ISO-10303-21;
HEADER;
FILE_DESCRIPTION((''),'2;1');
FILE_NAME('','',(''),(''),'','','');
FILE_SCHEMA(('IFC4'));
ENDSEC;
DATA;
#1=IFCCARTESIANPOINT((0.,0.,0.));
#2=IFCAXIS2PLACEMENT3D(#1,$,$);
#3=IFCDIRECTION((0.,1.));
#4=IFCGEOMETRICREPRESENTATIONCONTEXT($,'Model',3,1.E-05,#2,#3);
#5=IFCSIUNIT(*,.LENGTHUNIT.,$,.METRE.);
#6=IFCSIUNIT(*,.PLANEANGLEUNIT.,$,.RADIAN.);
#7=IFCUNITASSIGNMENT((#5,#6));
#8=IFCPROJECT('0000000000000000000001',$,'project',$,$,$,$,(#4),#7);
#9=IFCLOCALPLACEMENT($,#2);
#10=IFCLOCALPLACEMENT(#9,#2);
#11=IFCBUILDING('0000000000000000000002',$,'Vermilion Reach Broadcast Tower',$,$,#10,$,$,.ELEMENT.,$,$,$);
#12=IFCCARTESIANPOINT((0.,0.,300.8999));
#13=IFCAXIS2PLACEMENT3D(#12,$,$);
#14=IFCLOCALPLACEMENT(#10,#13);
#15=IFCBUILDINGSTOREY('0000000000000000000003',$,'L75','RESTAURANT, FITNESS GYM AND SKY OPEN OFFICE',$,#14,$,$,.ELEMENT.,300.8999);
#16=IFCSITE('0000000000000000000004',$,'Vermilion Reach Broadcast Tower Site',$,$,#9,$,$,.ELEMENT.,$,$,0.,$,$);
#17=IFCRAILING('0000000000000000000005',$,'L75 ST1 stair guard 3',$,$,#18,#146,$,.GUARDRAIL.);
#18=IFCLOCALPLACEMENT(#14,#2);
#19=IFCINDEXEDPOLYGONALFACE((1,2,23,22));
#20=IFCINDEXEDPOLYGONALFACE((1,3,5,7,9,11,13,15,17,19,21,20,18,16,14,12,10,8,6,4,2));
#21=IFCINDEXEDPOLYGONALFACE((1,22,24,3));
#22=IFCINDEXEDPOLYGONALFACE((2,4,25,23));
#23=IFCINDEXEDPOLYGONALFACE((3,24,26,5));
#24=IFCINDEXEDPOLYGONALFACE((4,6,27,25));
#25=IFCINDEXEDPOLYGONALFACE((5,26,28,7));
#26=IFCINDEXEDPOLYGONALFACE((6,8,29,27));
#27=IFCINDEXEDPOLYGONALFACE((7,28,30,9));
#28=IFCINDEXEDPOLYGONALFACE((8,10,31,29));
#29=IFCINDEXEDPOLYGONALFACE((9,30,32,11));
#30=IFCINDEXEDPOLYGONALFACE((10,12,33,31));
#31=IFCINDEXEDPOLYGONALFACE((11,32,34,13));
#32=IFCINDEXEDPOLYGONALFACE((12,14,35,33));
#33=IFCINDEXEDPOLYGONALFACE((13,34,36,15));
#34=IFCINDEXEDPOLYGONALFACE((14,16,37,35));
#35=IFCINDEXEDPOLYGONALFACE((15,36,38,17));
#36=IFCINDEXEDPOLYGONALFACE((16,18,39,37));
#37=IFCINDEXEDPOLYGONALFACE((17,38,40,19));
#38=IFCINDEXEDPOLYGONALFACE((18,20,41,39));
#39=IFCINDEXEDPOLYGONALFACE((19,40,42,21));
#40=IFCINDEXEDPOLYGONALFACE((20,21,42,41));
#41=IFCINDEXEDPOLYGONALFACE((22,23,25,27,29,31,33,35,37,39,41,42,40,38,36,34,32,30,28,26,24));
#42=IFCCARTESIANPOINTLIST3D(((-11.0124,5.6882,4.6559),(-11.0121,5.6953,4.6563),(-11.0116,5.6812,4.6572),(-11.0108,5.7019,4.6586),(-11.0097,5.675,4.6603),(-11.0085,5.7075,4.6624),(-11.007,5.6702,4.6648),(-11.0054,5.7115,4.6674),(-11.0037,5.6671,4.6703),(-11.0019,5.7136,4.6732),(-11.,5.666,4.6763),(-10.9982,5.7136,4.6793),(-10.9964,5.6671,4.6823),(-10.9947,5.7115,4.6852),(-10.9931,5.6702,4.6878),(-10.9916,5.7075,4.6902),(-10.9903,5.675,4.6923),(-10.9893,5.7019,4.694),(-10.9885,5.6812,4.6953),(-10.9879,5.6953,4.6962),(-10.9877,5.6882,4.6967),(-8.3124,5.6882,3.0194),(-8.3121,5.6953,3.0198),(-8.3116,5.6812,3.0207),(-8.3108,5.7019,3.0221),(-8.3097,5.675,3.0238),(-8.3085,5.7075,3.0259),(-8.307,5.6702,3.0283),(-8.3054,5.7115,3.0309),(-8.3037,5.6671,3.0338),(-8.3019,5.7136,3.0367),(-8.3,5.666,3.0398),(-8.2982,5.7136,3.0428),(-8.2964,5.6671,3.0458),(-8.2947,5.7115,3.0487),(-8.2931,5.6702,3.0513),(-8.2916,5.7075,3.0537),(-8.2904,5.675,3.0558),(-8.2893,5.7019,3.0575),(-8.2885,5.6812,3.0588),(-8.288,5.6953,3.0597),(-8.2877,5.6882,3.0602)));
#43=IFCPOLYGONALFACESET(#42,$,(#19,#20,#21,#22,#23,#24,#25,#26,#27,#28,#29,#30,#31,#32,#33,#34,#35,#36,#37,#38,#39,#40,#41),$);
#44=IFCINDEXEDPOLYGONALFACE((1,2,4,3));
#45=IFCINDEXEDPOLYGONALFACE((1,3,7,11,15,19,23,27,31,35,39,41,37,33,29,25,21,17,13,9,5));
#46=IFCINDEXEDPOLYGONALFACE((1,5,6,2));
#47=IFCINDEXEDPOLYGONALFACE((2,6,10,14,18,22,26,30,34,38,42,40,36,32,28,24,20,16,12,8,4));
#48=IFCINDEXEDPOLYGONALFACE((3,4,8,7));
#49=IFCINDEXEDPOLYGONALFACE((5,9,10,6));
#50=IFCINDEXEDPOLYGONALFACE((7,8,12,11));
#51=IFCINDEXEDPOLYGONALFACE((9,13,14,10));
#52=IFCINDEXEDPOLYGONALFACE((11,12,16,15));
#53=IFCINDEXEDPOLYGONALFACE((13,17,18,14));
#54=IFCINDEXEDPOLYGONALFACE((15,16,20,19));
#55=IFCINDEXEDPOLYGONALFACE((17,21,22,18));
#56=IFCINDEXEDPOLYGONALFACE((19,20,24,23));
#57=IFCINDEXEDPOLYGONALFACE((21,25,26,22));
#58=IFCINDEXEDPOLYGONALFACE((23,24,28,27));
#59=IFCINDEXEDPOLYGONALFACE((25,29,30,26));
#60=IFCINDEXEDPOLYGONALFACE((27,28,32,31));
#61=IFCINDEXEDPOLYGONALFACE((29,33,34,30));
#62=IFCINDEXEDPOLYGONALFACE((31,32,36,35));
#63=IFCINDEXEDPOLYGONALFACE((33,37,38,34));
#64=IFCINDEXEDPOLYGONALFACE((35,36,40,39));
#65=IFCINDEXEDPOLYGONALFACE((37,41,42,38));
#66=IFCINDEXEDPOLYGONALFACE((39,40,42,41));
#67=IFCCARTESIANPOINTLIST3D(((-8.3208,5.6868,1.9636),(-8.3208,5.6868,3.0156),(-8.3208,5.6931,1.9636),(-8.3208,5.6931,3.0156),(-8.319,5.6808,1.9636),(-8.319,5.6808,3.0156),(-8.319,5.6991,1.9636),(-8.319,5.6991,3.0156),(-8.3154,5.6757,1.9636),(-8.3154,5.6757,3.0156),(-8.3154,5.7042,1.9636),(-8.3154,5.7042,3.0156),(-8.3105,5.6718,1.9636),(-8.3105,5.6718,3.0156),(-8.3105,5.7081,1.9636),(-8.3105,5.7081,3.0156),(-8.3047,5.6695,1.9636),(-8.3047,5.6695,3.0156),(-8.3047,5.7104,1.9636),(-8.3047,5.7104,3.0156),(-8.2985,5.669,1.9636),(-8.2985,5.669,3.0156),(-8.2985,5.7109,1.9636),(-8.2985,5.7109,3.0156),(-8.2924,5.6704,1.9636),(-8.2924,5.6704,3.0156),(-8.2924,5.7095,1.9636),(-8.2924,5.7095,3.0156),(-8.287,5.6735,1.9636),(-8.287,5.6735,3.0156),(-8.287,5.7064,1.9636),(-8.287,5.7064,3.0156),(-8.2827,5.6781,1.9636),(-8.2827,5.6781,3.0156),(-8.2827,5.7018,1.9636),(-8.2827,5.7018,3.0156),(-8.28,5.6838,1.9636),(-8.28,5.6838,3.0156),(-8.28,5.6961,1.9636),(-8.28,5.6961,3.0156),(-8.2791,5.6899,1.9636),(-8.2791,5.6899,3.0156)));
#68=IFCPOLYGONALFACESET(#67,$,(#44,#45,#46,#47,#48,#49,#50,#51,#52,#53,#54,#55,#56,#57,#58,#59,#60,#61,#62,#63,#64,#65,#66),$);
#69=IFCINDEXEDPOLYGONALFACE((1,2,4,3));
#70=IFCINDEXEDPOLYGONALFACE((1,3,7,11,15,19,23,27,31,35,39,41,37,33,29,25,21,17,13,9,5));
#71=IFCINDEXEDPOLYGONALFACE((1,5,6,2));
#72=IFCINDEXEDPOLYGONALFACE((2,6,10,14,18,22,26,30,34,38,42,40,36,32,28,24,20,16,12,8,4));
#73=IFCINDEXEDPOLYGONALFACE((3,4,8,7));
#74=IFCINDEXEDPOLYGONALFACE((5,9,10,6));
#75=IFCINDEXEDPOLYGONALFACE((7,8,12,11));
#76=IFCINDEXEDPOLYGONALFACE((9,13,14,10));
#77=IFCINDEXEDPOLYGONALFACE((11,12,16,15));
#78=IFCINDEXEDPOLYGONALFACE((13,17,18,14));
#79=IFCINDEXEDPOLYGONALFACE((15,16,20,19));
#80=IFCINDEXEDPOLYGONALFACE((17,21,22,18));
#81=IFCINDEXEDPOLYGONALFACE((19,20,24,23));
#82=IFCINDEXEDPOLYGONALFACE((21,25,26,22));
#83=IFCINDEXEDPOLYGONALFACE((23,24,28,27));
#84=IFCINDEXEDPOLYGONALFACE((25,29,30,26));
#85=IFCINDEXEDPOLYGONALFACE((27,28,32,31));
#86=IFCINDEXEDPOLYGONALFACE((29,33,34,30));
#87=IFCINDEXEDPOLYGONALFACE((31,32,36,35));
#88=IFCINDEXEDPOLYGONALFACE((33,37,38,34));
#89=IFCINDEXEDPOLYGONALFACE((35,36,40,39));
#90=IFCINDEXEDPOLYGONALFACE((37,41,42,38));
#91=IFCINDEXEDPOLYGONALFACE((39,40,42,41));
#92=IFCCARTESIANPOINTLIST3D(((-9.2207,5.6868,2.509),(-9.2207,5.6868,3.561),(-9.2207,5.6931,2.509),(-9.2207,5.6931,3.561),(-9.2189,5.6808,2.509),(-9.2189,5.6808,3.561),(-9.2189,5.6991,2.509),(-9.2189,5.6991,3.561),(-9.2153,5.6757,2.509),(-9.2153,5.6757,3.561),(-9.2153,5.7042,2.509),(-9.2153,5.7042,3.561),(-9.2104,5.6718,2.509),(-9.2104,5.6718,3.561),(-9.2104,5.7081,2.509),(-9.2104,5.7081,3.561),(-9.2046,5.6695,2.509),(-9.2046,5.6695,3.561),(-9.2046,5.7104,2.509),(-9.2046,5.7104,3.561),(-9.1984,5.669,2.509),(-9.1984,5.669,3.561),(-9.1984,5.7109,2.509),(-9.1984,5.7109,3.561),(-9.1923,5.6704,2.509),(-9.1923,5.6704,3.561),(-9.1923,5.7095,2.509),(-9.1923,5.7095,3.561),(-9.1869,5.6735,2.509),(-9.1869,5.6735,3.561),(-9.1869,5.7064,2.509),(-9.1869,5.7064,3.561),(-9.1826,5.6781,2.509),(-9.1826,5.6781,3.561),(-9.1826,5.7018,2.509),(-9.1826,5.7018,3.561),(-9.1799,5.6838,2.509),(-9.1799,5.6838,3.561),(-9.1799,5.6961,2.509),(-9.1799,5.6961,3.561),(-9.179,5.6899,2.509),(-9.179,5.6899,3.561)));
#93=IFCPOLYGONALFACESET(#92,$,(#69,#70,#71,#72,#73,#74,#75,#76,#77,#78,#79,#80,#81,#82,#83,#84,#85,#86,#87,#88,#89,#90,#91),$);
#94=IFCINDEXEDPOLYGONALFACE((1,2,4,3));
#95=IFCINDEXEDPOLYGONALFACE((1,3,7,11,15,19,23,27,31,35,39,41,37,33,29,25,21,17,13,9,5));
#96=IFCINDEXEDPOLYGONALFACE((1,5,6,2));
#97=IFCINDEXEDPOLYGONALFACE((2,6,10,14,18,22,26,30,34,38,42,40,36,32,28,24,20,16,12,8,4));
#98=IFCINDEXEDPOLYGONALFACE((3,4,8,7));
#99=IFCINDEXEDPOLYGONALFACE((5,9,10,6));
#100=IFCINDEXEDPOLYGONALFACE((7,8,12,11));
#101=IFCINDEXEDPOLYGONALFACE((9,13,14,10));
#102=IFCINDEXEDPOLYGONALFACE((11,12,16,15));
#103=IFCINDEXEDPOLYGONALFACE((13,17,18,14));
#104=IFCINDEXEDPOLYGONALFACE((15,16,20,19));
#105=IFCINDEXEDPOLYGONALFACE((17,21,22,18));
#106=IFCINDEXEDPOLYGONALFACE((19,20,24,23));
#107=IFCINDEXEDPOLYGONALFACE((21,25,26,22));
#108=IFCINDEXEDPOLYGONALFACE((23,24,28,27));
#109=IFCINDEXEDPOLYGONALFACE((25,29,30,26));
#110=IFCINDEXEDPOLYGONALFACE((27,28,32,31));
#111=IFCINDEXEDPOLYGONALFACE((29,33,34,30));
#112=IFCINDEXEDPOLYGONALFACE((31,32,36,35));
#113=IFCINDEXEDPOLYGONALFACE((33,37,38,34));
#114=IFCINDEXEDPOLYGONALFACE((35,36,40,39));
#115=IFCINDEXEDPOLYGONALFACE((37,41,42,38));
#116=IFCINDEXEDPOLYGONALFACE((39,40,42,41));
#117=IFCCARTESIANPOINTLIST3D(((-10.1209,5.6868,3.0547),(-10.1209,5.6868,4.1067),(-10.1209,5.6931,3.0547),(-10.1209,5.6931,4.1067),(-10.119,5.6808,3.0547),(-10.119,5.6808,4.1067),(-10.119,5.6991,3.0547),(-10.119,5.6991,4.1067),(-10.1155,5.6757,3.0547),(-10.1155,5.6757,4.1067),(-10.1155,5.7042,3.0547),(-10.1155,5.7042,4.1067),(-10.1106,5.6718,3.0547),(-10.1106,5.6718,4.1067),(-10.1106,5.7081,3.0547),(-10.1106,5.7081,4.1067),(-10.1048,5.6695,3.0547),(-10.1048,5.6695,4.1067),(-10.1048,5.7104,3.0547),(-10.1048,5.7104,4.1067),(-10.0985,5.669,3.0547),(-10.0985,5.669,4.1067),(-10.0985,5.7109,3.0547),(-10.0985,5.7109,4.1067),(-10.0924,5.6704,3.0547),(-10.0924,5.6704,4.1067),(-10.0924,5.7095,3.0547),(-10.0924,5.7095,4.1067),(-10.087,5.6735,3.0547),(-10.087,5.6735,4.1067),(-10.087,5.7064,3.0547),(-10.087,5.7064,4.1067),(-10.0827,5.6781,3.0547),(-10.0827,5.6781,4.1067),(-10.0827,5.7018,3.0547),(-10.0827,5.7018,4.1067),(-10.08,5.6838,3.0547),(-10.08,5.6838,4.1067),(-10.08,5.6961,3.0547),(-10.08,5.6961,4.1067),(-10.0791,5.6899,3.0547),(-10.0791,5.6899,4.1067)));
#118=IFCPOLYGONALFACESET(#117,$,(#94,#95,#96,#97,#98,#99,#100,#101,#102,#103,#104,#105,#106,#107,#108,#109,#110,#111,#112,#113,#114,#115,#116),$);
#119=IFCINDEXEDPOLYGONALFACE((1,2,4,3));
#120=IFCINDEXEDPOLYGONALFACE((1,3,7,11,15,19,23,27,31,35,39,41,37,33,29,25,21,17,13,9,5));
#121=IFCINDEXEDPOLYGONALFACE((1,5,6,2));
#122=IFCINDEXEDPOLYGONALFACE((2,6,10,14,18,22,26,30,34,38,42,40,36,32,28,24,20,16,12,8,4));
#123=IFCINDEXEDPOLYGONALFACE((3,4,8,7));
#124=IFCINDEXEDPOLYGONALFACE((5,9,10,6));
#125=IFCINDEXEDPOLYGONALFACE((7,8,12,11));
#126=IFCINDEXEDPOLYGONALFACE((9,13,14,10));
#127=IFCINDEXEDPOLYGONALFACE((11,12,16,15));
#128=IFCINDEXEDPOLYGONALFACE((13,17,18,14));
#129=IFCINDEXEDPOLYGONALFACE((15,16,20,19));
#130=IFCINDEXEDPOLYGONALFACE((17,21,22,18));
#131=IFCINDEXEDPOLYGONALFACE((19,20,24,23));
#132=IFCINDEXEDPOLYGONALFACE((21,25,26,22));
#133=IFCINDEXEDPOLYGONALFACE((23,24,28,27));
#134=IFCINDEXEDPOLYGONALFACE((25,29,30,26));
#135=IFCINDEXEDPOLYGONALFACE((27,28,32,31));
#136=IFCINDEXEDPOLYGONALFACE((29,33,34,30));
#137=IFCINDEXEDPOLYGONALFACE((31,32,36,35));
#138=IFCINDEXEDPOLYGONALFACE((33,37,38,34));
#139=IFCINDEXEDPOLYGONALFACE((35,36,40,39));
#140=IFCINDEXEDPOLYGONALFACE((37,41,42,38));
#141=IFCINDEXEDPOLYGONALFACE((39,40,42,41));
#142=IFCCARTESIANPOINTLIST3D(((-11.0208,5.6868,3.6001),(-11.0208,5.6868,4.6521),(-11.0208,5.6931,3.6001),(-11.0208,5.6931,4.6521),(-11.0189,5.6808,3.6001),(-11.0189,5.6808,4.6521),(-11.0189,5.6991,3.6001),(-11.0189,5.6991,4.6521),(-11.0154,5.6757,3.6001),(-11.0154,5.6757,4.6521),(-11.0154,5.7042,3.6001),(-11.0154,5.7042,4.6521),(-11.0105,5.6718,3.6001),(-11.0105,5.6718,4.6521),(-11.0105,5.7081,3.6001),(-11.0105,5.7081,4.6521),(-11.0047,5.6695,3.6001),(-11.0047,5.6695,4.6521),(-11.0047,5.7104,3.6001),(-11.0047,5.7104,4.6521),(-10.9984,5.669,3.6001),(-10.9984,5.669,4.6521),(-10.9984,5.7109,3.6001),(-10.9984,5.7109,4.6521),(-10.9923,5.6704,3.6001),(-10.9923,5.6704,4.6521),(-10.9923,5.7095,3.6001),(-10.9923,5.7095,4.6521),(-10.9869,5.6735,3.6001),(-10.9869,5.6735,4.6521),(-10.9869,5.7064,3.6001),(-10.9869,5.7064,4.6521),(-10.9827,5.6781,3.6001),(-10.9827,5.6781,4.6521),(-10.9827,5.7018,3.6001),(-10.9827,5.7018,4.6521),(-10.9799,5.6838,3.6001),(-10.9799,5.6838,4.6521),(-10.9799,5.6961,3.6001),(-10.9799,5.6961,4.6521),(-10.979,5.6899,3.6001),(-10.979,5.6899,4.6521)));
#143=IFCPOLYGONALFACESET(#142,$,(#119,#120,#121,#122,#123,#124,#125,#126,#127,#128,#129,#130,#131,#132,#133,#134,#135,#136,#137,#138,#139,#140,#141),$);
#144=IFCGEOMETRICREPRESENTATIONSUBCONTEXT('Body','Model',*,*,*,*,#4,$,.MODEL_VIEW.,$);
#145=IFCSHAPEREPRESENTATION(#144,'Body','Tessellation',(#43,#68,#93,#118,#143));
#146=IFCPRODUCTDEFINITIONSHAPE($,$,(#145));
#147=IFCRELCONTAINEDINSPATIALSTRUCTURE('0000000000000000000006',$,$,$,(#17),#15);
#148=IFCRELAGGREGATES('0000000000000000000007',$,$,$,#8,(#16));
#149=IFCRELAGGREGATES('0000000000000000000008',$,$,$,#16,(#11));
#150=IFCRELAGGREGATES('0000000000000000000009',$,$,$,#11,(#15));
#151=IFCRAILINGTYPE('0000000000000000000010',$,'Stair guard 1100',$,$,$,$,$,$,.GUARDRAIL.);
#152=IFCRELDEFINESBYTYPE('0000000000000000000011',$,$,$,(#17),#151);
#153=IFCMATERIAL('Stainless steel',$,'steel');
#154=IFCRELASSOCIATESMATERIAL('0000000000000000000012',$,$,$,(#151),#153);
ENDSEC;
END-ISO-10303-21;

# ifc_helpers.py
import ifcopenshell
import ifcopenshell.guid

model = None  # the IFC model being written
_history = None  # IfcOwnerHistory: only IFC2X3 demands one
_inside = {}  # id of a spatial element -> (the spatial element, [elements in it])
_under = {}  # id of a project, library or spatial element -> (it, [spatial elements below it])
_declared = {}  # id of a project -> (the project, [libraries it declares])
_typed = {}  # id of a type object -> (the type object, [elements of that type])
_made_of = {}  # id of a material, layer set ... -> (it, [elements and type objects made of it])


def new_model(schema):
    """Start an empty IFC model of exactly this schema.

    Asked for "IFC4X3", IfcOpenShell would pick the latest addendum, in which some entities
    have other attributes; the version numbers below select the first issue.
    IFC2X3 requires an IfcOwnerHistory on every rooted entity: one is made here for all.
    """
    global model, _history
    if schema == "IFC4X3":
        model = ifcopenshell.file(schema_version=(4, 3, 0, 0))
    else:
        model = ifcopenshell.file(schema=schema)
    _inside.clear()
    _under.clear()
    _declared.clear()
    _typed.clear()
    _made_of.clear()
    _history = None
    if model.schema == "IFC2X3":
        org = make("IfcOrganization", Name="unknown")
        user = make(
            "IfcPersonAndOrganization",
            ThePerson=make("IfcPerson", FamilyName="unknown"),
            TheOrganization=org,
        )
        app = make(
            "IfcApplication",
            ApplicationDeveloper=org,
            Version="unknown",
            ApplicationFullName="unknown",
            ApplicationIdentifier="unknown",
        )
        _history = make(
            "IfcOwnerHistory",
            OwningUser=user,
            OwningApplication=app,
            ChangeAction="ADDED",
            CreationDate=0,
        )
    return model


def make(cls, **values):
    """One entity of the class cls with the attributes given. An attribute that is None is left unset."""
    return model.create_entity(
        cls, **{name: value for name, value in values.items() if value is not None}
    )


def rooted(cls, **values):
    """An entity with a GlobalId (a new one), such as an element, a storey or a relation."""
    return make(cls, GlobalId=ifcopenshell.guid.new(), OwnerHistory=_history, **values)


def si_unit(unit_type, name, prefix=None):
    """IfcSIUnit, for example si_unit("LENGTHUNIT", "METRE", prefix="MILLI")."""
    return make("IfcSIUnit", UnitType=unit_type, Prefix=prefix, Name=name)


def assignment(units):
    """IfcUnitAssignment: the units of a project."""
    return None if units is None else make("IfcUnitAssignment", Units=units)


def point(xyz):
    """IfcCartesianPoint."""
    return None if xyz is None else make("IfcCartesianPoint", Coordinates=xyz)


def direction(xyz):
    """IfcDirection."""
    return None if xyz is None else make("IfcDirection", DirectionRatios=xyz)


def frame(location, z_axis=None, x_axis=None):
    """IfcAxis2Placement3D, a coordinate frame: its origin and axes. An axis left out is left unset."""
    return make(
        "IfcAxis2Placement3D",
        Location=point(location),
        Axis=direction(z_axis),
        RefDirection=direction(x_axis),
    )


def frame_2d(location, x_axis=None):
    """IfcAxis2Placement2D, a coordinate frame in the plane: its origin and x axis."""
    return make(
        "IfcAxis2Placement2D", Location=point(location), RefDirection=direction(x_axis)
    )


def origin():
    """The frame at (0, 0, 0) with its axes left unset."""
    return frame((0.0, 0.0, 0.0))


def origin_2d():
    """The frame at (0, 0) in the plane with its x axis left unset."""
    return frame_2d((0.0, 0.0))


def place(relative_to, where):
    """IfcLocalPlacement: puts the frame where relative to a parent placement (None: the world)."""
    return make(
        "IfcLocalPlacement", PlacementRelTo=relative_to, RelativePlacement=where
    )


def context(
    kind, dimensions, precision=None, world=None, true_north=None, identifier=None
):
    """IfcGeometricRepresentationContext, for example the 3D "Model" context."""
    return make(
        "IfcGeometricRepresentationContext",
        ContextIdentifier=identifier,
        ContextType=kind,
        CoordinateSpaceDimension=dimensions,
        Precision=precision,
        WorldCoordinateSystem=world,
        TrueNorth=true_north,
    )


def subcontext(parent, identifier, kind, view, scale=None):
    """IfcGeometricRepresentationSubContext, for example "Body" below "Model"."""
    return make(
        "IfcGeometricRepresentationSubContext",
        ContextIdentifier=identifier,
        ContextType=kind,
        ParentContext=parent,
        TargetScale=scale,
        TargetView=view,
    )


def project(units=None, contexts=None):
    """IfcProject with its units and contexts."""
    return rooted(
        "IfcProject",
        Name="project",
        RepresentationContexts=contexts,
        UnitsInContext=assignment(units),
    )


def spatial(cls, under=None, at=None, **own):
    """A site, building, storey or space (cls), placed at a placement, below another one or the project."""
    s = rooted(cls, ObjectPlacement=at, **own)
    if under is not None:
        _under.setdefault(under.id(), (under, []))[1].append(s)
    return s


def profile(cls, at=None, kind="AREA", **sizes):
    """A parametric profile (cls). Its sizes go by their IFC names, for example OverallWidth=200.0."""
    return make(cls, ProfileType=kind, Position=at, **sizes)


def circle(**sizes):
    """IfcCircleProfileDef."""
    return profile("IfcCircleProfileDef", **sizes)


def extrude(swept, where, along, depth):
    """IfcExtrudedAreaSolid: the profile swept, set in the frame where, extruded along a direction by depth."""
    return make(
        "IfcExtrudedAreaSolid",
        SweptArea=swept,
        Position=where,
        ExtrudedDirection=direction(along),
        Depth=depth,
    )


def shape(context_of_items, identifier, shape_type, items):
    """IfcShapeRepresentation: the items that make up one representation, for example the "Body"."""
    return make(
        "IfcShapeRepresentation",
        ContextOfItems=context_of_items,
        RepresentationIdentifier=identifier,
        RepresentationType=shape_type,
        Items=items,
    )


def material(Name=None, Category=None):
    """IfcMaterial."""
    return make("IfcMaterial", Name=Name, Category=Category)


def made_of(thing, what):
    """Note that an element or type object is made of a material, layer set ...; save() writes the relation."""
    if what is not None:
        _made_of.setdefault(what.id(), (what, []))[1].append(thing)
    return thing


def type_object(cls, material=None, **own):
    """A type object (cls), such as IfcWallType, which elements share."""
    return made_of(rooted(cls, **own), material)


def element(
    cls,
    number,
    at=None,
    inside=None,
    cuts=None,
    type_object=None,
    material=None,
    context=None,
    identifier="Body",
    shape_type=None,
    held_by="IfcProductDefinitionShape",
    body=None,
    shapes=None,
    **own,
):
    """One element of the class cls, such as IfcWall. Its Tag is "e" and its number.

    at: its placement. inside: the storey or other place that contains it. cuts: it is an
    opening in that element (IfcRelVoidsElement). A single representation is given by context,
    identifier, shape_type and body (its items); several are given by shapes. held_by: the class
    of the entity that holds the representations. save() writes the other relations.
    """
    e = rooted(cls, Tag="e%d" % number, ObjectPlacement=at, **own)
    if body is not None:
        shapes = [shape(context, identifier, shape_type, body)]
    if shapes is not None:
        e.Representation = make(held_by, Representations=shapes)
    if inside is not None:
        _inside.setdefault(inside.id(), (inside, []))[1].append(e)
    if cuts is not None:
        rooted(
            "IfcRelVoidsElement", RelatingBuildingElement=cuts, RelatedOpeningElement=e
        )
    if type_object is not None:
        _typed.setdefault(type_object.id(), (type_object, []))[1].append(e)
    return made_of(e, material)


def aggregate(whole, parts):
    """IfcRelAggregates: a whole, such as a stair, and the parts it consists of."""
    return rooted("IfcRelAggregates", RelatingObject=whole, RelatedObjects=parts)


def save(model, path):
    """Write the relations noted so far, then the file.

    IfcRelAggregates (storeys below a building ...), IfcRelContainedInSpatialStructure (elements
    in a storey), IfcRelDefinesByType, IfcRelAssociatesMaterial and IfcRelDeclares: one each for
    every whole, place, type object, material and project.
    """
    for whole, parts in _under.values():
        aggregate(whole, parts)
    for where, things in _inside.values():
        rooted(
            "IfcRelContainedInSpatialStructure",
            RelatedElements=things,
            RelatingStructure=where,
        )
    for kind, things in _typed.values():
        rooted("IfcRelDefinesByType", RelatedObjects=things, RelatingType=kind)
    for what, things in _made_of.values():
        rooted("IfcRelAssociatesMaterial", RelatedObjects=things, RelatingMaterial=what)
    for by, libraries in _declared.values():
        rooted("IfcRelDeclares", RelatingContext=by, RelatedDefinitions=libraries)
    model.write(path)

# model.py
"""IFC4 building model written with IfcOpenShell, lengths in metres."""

from ifc_helpers import new_model, si_unit, direction, frame, origin, origin_2d, place, context, subcontext, project, spatial, circle, extrude, material, type_object, element, save


model = new_model("IFC4")

# Units and contexts
model_context = context("Model", 3, precision=1e-05, world=origin(), true_north=direction((0.0, 1.0)))
body_context = subcontext(model_context, "Body", "Model", "MODEL_VIEW")
ifc_project = project(units=[si_unit("LENGTHUNIT", "METRE"), si_unit("PLANEANGLEUNIT", "RADIAN")], contexts=[model_context])

# Site, building, storey
site_placement = place(None, origin())
site = spatial("IfcSite", under=ifc_project, at=site_placement, Name="Vermilion Reach Broadcast Tower Site", CompositionType="ELEMENT", RefElevation=0.0)
building_placement = place(site_placement, origin())
building = spatial("IfcBuilding", under=site, at=building_placement, Name="Vermilion Reach Broadcast Tower", CompositionType="ELEMENT")
storey_placement = place(building_placement, frame((0.0, 0.0, 300.8999)))
storey = spatial("IfcBuildingStorey", under=building, at=storey_placement, Name="L75", Description="RESTAURANT, FITNESS GYM AND SKY OPEN OFFICE", CompositionType="ELEMENT", Elevation=300.8999)

# Railing
ifc_material_1 = material(Name="Stainless steel", Category="steel")
railing_type_1 = type_object("IfcRailingType", Name="Stair guard 1100", PredefinedType="GUARDRAIL", material=ifc_material_1)
railing_1_placement = place(storey_placement, frame((-8.3, 5.6899, 1.9636)))
element("IfcRailing", 1, at=railing_1_placement, inside=storey, type_object=railing_type_1, Name="L75 ST1 stair guard 3", PredefinedType="GUARDRAIL", context=body_context, shape_type="SweptSolid", body=[
    extrude(circle(Radius=0.0239, at=origin_2d()), frame((0.0, 0.0, 1.0762), z_axis=(-0.855178, 0.0, 0.518334), x_axis=(0.0, -1.0, 0.0)), (0.0, 0.0, 1.0), 3.1572),
    extrude(circle(Radius=0.021, at=origin_2d()), origin(), (0.0, 0.0, 1.0), 1.052),
    extrude(circle(Radius=0.021, at=origin_2d()), frame((-0.8999, 0.0, 0.5454)), (0.0, 0.0, 1.0), 1.052),
    extrude(circle(Radius=0.021, at=origin_2d()), frame((-1.8, 0.0, 1.0911)), (0.0, 0.0, 1.0), 1.052),
    extrude(circle(Radius=0.021, at=origin_2d()), frame((-2.7, 0.0, 1.6365)), (0.0, 0.0, 1.0), 1.052),
])

save(model, "model.ifc")
